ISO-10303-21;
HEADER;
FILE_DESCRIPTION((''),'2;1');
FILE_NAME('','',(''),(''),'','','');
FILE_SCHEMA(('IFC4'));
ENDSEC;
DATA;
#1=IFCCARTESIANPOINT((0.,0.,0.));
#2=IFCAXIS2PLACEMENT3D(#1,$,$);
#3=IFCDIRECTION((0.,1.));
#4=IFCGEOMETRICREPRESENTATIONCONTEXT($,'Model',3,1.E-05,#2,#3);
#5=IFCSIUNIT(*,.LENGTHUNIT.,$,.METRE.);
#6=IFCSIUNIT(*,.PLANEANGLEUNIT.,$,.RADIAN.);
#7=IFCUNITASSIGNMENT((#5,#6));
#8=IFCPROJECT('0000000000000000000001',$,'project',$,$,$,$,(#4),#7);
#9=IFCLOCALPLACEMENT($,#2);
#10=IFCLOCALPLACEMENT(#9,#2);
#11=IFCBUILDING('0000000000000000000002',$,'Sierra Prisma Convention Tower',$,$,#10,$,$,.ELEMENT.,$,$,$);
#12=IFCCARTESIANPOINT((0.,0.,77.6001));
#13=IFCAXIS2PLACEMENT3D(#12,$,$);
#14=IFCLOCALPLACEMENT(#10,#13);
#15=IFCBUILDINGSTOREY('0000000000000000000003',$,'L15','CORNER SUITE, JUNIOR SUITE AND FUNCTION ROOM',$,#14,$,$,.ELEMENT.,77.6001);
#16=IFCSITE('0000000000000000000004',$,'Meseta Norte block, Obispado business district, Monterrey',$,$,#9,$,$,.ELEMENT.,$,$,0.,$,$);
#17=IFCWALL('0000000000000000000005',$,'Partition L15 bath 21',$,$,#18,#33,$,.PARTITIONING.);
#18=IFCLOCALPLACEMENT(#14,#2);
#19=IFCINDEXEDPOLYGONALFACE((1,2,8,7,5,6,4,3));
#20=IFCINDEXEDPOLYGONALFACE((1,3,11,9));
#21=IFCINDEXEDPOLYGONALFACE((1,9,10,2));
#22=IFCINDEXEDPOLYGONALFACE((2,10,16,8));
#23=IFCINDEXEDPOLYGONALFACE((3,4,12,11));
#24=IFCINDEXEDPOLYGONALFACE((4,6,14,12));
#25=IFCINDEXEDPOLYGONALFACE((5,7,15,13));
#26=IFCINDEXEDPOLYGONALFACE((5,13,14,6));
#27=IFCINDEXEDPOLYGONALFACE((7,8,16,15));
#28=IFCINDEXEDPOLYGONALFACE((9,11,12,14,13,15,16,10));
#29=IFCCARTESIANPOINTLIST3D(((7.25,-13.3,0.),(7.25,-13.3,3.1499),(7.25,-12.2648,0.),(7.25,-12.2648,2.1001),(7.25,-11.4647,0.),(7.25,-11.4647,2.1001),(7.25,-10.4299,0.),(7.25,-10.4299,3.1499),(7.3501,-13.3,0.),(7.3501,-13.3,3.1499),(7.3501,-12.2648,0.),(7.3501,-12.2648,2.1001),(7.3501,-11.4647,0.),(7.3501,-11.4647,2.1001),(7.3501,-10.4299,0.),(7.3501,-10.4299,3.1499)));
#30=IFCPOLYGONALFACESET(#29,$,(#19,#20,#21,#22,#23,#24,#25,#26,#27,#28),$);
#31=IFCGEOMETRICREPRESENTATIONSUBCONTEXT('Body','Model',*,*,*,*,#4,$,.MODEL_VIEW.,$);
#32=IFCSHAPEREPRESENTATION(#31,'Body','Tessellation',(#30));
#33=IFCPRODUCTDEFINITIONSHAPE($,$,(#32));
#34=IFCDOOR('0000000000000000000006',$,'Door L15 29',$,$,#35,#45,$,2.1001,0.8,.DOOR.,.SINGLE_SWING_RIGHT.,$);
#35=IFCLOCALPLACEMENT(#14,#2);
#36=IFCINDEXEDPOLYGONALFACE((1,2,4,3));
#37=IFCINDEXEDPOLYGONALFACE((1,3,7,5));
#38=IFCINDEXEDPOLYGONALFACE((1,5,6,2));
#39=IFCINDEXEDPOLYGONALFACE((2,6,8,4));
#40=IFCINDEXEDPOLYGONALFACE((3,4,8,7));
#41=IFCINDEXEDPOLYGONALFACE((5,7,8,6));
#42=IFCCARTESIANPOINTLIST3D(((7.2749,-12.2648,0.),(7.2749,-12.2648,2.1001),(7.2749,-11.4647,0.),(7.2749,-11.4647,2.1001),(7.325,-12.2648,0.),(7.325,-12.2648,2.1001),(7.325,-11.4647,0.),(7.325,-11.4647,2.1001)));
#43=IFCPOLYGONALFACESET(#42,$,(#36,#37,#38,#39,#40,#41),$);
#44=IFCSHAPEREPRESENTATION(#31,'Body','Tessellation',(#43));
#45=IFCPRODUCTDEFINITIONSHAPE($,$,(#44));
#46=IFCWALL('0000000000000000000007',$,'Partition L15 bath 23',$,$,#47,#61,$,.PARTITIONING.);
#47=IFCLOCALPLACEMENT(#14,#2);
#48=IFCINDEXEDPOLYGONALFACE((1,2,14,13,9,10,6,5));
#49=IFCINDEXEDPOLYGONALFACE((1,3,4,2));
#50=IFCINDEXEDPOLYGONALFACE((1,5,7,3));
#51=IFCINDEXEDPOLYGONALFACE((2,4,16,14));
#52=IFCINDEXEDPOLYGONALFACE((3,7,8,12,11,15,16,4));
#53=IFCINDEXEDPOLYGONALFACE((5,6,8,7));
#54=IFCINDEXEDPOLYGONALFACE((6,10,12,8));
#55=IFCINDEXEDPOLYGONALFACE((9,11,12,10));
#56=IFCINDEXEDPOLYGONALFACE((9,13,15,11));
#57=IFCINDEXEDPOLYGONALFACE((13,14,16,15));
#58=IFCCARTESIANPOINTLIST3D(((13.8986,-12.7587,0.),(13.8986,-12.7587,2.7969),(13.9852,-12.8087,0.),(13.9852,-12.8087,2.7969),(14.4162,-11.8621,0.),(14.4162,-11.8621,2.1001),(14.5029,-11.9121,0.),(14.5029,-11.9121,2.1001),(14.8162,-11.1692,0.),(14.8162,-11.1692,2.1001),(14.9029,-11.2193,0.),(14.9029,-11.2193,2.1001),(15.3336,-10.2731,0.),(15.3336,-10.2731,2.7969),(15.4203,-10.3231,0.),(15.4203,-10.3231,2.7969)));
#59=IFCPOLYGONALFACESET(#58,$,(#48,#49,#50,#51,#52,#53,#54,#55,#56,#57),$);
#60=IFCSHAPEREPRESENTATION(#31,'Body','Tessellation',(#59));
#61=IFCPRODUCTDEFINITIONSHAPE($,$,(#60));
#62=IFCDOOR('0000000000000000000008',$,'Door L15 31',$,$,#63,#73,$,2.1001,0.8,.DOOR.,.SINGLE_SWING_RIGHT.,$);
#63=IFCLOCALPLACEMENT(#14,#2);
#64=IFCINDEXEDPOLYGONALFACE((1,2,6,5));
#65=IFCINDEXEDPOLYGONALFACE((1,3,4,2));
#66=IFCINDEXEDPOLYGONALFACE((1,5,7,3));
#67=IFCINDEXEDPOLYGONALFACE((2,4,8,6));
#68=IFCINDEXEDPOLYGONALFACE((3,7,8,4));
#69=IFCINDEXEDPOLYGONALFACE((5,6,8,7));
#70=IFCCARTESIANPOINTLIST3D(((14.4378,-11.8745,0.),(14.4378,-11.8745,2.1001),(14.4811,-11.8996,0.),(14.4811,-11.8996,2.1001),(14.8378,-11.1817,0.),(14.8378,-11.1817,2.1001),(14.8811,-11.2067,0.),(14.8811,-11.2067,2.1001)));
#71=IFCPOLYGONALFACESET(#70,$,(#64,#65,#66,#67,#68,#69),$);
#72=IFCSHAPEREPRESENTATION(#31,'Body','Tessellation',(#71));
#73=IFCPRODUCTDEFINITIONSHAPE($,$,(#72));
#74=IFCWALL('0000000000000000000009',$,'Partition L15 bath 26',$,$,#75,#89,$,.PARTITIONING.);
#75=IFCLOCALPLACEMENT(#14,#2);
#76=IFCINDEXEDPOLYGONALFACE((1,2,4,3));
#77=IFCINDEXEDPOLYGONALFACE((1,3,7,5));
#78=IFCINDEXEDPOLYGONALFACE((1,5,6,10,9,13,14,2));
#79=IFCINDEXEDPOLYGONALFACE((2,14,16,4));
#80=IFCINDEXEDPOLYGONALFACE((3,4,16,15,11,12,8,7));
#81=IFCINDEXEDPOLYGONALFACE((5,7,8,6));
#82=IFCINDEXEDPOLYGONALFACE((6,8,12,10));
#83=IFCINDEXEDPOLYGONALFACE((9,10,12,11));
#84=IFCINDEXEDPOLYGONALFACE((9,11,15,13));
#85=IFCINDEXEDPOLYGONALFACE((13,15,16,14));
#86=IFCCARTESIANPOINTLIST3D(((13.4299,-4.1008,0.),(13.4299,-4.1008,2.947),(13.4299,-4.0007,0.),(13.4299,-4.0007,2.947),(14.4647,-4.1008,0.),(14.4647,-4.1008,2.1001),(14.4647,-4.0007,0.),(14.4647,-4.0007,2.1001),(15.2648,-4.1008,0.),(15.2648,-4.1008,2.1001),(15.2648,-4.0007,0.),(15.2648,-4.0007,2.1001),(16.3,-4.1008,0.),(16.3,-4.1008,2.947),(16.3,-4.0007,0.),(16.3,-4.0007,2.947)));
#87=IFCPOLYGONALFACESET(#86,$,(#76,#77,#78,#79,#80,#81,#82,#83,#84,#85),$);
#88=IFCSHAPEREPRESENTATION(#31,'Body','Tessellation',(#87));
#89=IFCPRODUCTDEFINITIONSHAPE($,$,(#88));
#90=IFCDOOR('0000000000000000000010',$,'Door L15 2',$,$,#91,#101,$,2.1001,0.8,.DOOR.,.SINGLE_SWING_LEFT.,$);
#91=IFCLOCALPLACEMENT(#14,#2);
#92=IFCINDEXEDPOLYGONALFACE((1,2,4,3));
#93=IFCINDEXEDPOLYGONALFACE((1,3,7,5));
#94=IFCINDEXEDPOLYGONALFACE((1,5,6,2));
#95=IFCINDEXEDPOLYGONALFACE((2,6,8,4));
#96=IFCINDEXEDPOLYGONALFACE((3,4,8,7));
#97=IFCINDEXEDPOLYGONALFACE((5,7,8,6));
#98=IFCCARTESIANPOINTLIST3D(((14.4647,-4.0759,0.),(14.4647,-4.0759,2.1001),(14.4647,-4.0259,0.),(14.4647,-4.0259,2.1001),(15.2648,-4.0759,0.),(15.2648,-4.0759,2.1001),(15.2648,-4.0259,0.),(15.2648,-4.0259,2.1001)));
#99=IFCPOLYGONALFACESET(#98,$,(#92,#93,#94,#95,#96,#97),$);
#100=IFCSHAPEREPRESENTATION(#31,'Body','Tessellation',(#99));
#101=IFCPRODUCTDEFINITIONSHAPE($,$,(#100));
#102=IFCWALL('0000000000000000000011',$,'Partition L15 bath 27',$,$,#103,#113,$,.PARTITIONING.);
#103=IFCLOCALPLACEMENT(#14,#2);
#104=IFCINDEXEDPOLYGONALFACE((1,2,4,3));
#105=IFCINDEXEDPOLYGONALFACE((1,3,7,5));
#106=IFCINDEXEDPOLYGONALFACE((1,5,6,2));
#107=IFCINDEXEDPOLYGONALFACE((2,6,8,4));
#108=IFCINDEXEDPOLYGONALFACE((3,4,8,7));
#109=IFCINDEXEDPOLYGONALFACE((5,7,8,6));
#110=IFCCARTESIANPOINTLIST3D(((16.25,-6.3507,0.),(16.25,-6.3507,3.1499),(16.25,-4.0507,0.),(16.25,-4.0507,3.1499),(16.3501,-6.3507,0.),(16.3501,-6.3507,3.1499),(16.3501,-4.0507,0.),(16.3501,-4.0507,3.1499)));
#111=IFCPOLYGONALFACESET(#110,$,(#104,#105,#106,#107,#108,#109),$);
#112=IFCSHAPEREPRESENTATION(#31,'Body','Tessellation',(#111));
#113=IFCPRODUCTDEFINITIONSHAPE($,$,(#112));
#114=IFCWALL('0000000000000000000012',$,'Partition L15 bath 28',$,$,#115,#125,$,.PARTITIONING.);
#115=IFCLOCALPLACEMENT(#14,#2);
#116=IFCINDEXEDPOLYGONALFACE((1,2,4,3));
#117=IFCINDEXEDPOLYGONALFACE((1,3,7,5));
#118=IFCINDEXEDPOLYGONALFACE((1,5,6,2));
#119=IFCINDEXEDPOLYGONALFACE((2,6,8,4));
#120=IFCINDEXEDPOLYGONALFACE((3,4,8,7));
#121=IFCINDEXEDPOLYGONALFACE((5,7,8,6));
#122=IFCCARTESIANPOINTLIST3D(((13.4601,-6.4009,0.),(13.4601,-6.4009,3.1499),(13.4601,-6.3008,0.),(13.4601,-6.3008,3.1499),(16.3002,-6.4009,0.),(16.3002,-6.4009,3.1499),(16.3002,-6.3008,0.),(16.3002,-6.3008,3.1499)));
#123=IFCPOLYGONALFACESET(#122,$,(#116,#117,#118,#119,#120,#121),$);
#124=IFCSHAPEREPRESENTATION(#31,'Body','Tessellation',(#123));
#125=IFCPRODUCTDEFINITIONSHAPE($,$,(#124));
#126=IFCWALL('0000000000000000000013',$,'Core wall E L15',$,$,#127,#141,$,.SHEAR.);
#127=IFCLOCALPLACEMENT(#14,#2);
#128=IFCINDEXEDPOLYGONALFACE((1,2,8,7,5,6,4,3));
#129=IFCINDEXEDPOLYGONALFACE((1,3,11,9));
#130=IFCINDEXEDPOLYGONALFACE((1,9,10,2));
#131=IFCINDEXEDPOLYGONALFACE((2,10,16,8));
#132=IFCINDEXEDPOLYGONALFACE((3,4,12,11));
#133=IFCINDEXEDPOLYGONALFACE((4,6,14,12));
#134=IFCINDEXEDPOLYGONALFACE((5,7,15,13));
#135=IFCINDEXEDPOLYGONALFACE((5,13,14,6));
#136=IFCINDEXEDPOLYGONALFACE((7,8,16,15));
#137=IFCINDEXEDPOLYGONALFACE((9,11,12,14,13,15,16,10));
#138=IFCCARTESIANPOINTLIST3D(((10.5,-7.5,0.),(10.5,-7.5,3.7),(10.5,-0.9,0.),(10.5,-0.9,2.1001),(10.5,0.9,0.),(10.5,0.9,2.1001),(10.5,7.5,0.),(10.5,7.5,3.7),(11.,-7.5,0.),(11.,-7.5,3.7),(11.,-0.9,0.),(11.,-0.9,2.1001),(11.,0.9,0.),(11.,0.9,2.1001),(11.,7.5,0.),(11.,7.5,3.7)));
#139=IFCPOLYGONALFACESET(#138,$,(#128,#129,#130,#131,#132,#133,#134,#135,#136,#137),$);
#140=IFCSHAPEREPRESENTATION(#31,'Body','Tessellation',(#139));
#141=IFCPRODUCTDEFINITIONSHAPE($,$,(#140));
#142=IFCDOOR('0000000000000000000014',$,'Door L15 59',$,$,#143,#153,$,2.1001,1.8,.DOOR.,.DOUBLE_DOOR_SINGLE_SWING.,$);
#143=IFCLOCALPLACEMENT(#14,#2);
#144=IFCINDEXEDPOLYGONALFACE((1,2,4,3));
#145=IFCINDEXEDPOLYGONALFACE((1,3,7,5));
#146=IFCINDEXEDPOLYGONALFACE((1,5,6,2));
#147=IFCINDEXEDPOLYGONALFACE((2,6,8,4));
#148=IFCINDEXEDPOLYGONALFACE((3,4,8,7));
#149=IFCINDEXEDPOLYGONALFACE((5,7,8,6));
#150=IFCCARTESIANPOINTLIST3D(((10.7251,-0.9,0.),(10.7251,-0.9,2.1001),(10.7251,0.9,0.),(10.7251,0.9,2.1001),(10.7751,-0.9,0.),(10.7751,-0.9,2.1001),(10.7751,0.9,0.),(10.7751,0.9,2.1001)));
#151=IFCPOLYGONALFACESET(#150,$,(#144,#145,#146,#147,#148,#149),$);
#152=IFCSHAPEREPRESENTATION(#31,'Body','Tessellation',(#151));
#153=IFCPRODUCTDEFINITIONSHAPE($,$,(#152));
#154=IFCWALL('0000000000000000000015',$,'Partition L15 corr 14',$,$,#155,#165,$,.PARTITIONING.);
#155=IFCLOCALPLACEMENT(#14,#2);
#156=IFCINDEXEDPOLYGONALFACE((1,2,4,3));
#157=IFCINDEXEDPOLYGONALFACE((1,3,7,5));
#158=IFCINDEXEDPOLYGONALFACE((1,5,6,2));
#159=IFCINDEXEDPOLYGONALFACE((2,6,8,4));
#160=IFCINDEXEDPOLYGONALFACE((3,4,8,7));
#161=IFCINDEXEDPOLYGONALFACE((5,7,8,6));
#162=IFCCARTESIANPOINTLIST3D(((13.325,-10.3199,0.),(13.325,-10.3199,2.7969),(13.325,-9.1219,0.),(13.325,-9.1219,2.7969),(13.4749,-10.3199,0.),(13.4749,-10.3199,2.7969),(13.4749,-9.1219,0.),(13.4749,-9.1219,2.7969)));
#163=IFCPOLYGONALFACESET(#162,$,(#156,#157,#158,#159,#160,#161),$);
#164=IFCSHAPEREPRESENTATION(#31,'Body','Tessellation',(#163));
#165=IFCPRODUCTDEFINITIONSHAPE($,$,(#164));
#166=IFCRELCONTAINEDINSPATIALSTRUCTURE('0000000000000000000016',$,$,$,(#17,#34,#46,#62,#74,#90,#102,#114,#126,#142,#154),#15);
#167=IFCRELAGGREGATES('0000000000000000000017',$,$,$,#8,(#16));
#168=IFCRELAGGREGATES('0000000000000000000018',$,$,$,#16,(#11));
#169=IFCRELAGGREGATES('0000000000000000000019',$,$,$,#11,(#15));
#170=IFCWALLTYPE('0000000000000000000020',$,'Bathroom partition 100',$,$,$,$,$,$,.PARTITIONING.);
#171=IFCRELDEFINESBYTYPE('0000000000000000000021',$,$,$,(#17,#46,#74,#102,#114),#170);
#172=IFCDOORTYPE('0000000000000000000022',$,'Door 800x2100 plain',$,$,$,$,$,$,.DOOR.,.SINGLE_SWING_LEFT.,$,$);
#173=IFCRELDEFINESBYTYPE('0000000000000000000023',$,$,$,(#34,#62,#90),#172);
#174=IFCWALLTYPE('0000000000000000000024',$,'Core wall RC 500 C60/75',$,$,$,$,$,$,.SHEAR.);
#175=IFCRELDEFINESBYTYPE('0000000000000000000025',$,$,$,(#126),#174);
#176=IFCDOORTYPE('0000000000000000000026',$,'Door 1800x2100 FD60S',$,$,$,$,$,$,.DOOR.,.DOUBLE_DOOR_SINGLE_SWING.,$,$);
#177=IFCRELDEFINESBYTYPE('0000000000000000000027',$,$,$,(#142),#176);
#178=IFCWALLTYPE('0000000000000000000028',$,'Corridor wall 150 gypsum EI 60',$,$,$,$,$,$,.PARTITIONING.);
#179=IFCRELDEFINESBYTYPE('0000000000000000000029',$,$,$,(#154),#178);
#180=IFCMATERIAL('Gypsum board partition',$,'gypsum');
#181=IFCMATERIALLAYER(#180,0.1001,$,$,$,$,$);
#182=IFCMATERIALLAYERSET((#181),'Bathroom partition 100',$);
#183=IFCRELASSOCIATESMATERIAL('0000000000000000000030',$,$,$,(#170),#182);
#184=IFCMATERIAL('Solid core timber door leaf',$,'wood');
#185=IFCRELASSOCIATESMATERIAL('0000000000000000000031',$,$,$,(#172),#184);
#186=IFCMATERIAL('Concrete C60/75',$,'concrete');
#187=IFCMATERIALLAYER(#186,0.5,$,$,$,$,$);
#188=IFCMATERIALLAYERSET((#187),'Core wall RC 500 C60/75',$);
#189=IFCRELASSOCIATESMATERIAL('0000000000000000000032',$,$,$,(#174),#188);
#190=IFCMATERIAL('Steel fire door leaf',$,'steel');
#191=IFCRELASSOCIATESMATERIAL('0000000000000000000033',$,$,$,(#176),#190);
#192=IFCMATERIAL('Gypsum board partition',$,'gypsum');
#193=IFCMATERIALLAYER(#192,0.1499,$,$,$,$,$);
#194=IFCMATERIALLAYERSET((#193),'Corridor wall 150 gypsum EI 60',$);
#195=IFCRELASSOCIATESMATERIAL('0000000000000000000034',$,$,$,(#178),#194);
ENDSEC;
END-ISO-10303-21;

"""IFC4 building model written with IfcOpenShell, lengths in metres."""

from ifc_helpers import new_model, si_unit, direction, frame, frame_2d, origin, place, context, subcontext, project, spatial, rectangle, extrude, material, layer, layer_set, type_object, element, fill, save


model = new_model("IFC4")

# Units and contexts
model_context = context("Model", 3, precision=1e-05, world=origin(), true_north=direction((0.0, 1.0)))
body_context = subcontext(model_context, "Body", "Model", "MODEL_VIEW")
ifc_project = project(units=[si_unit("LENGTHUNIT", "METRE"), si_unit("PLANEANGLEUNIT", "RADIAN")], contexts=[model_context])

# Site, building, storey
site_placement = place(None, origin())
site = spatial("IfcSite", under=ifc_project, at=site_placement, Name="Meseta Norte block, Obispado business district, Monterrey", CompositionType="ELEMENT", RefElevation=0.0)
building_placement = place(site_placement, origin())
building = spatial("IfcBuilding", under=site, at=building_placement, Name="Sierra Prisma Convention Tower", CompositionType="ELEMENT")
storey_placement = place(building_placement, frame((0.0, 0.0, 77.6001)))
storey = spatial("IfcBuildingStorey", under=building, at=storey_placement, Name="L15", Description="CORNER SUITE, JUNIOR SUITE AND FUNCTION ROOM", CompositionType="ELEMENT", Elevation=77.6001)

# Walls, openings, doors
ifc_material_1 = material(Name="Gypsum board partition", Category="gypsum")
ifc_layer_1 = layer(ifc_material_1, 0.1001)
ifc_layer_set_1 = layer_set([ifc_layer_1], Name="Bathroom partition 100")
wall_type_1 = type_object("IfcWallType", Name="Bathroom partition 100", PredefinedType="PARTITIONING", material=ifc_layer_set_1)
wall_1_placement = place(storey_placement, frame((7.3, -10.4299, 0.0), z_axis=(0.0, 0.0, 1.0), x_axis=(0.0, -1.0, 0.0)))
wall_1 = element("IfcWall", 1, at=wall_1_placement, inside=storey, type_object=wall_type_1, Name="Partition L15 bath 21", PredefinedType="PARTITIONING", context=body_context, shape_type="SweptSolid", body=[
    extrude(rectangle(XDim=2.8701, YDim=0.1001, at=frame_2d((1.4351, 0.0))), origin(), (0.0, 0.0, 1.0), 3.1499),
])
opening_1_placement = place(wall_1_placement, frame((1.0349, 0.0, 0.0)))
opening_1 = element("IfcOpeningElement", 2, at=opening_1_placement, cuts=wall_1, PredefinedType="OPENING", context=body_context, shape_type="SweptSolid", body=[
    extrude(rectangle(XDim=0.8, YDim=2.1001, at=frame_2d((0.3999, 1.05))), frame((0.0, 0.05, 0.0), z_axis=(0.0, -1.0, 0.0), x_axis=(1.0, 0.0, 0.0)), (0.0, 0.0, 1.0), 0.1001),
])
ifc_material_2 = material(Name="Solid core timber door leaf", Category="wood")
door_type_1 = type_object("IfcDoorType", Name="Door 800x2100 plain", OperationType="SINGLE_SWING_LEFT", PredefinedType="DOOR", material=ifc_material_2)
door_1_placement = place(opening_1_placement, origin())
door_1 = element("IfcDoor", 3, at=door_1_placement, inside=storey, type_object=door_type_1, Name="Door L15 29", OperationType="SINGLE_SWING_RIGHT", OverallHeight=2.1001, OverallWidth=0.8, PredefinedType="DOOR", context=body_context, shape_type="SweptSolid", body=[
    extrude(rectangle(XDim=0.8, YDim=2.1001, at=frame_2d((0.3999, 1.05))), frame((0.0, 0.0249, 0.0), z_axis=(0.0, -1.0, 0.0), x_axis=(1.0, 0.0, 0.0)), (0.0, 0.0, 1.0), 0.05),
])
fill(opening_1, door_1)
wall_2_placement = place(storey_placement, frame((15.377, -10.2981, 0.0), z_axis=(0.0, 0.0, 1.0), x_axis=(-0.5, -0.866026, 0.0)))
wall_2 = element("IfcWall", 4, at=wall_2_placement, inside=storey, type_object=wall_type_1, Name="Partition L15 bath 23", PredefinedType="PARTITIONING", context=body_context, shape_type="SweptSolid", body=[
    extrude(rectangle(XDim=2.8701, YDim=0.1001, at=frame_2d((1.4351, 0.0))), origin(), (0.0, 0.0, 1.0), 2.7969),
])
opening_2_placement = place(wall_2_placement, frame((1.0349, 0.0, 0.0)))
opening_2 = element("IfcOpeningElement", 5, at=opening_2_placement, cuts=wall_2, PredefinedType="OPENING", context=body_context, shape_type="SweptSolid", body=[
    extrude(rectangle(XDim=0.8, YDim=2.1001, at=frame_2d((0.3999, 1.05))), frame((0.0, 0.05, 0.0), z_axis=(0.0, -1.0, 0.0), x_axis=(1.0, 0.0, 0.0)), (0.0, 0.0, 1.0), 0.1001),
])
door_2_placement = place(opening_2_placement, origin())
door_2 = element("IfcDoor", 6, at=door_2_placement, inside=storey, type_object=door_type_1, Name="Door L15 31", OperationType="SINGLE_SWING_RIGHT", OverallHeight=2.1001, OverallWidth=0.8, PredefinedType="DOOR", context=body_context, shape_type="SweptSolid", body=[
    extrude(rectangle(XDim=0.8, YDim=2.1001, at=frame_2d((0.3999, 1.05))), frame((0.0, 0.0249, 0.0), z_axis=(0.0, -1.0, 0.0), x_axis=(1.0, 0.0, 0.0)), (0.0, 0.0, 1.0), 0.05),
])
fill(opening_2, door_2)
wall_3_placement = place(storey_placement, frame((13.4299, -4.0508, 0.0), z_axis=(0.0, 0.0, 1.0), x_axis=(1.0, 0.0, 0.0)))
wall_3 = element("IfcWall", 7, at=wall_3_placement, inside=storey, type_object=wall_type_1, Name="Partition L15 bath 26", PredefinedType="PARTITIONING", context=body_context, shape_type="SweptSolid", body=[
    extrude(rectangle(XDim=2.8701, YDim=0.1001, at=frame_2d((1.4351, 0.0))), origin(), (0.0, 0.0, 1.0), 2.947),
])
opening_3_placement = place(wall_3_placement, frame((1.0349, 0.0, 0.0)))
opening_3 = element("IfcOpeningElement", 8, at=opening_3_placement, cuts=wall_3, PredefinedType="OPENING", context=body_context, shape_type="SweptSolid", body=[
    extrude(rectangle(XDim=0.8, YDim=2.1001, at=frame_2d((0.3999, 1.05))), frame((0.0, 0.05, 0.0), z_axis=(0.0, -1.0, 0.0), x_axis=(1.0, 0.0, 0.0)), (0.0, 0.0, 1.0), 0.1001),
])
door_3_placement = place(opening_3_placement, origin())
door_3 = element("IfcDoor", 9, at=door_3_placement, inside=storey, type_object=door_type_1, Name="Door L15 2", OperationType="SINGLE_SWING_LEFT", OverallHeight=2.1001, OverallWidth=0.8, PredefinedType="DOOR", context=body_context, shape_type="SweptSolid", body=[
    extrude(rectangle(XDim=0.8, YDim=2.1001, at=frame_2d((0.3999, 1.05))), frame((0.0, 0.0249, 0.0), z_axis=(0.0, -1.0, 0.0), x_axis=(1.0, 0.0, 0.0)), (0.0, 0.0, 1.0), 0.05),
])
fill(opening_3, door_3)

# Walls
wall_4_placement = place(storey_placement, frame((16.3, -4.0508, 0.0), z_axis=(0.0, 0.0, 1.0), x_axis=(0.0, -1.0, 0.0)))
element("IfcWall", 10, at=wall_4_placement, inside=storey, type_object=wall_type_1, Name="Partition L15 bath 27", PredefinedType="PARTITIONING", context=body_context, shape_type="SweptSolid", body=[
    extrude(rectangle(XDim=2.3, YDim=0.1001, at=frame_2d((1.1499, 0.0))), origin(), (0.0, 0.0, 1.0), 3.1499),
])
wall_5_placement = place(storey_placement, frame((16.3, -6.3508, 0.0), z_axis=(0.0, 0.0, 1.0), x_axis=(-1.0, 0.0, 0.0)))
element("IfcWall", 11, at=wall_5_placement, inside=storey, type_object=wall_type_1, Name="Partition L15 bath 28", PredefinedType="PARTITIONING", context=body_context, shape_type="SweptSolid", body=[
    extrude(rectangle(XDim=2.8401, YDim=0.1001, at=frame_2d((1.4199, 0.0))), origin(), (0.0, 0.0, 1.0), 3.1499),
])

# Wall, opening, door
ifc_material_3 = material(Name="Concrete C60/75", Category="concrete")
ifc_layer_2 = layer(ifc_material_3, 0.5)
ifc_layer_set_2 = layer_set([ifc_layer_2], Name="Core wall RC 500 C60/75")
wall_type_2 = type_object("IfcWallType", Name="Core wall RC 500 C60/75", PredefinedType="SHEAR", material=ifc_layer_set_2)
wall_6_placement = place(storey_placement, frame((10.75, -7.5, 0.0), z_axis=(0.0, 0.0, 1.0), x_axis=(0.0, 1.0, 0.0)))
wall_6 = element("IfcWall", 12, at=wall_6_placement, inside=storey, type_object=wall_type_2, Name="Core wall E L15", PredefinedType="SHEAR", context=body_context, shape_type="SweptSolid", body=[
    extrude(rectangle(XDim=15.0, YDim=0.5, at=frame_2d((7.5, 0.0))), origin(), (0.0, 0.0, 1.0), 3.7),
])
opening_4_placement = place(wall_6_placement, frame((6.6001, 0.0, 0.0)))
opening_4 = element("IfcOpeningElement", 13, at=opening_4_placement, cuts=wall_6, PredefinedType="OPENING", context=body_context, shape_type="SweptSolid", body=[
    extrude(rectangle(XDim=1.8, YDim=2.1001, at=frame_2d((0.8999, 1.05))), frame((0.0, 0.25, 0.0), z_axis=(0.0, -1.0, 0.0), x_axis=(1.0, 0.0, 0.0)), (0.0, 0.0, 1.0), 0.5),
])
ifc_material_4 = material(Name="Steel fire door leaf", Category="steel")
door_type_2 = type_object("IfcDoorType", Name="Door 1800x2100 FD60S", OperationType="DOUBLE_DOOR_SINGLE_SWING", PredefinedType="DOOR", material=ifc_material_4)
door_4_placement = place(opening_4_placement, origin())
door_4 = element("IfcDoor", 14, at=door_4_placement, inside=storey, type_object=door_type_2, Name="Door L15 59", OperationType="DOUBLE_DOOR_SINGLE_SWING", OverallHeight=2.1001, OverallWidth=1.8, PredefinedType="DOOR", context=body_context, shape_type="SweptSolid", body=[
    extrude(rectangle(XDim=1.8, YDim=2.1001, at=frame_2d((0.8999, 1.05))), frame((0.0, 0.0249, 0.0), z_axis=(0.0, -1.0, 0.0), x_axis=(1.0, 0.0, 0.0)), (0.0, 0.0, 1.0), 0.05),
])
fill(opening_4, door_4)

# Wall
ifc_material_5 = material(Name="Gypsum board partition", Category="gypsum")
ifc_layer_3 = layer(ifc_material_5, 0.1499)
ifc_layer_set_3 = layer_set([ifc_layer_3], Name="Corridor wall 150 gypsum EI 60")
wall_type_3 = type_object("IfcWallType", Name="Corridor wall 150 gypsum EI 60", PredefinedType="PARTITIONING", material=ifc_layer_set_3)
wall_7_placement = place(storey_placement, frame((13.3999, -10.3201, 0.0), z_axis=(0.0, 0.0, 1.0), x_axis=(0.0, 1.0, 0.0)))
element("IfcWall", 15, at=wall_7_placement, inside=storey, type_object=wall_type_3, Name="Partition L15 corr 14", PredefinedType="PARTITIONING", context=body_context, shape_type="SweptSolid", body=[
    extrude(rectangle(XDim=1.198, YDim=0.1499, at=frame_2d((0.5991, 0.0))), origin(), (0.0, 0.0, 1.0), 2.7969),
])

save(model, "model.ifc")
